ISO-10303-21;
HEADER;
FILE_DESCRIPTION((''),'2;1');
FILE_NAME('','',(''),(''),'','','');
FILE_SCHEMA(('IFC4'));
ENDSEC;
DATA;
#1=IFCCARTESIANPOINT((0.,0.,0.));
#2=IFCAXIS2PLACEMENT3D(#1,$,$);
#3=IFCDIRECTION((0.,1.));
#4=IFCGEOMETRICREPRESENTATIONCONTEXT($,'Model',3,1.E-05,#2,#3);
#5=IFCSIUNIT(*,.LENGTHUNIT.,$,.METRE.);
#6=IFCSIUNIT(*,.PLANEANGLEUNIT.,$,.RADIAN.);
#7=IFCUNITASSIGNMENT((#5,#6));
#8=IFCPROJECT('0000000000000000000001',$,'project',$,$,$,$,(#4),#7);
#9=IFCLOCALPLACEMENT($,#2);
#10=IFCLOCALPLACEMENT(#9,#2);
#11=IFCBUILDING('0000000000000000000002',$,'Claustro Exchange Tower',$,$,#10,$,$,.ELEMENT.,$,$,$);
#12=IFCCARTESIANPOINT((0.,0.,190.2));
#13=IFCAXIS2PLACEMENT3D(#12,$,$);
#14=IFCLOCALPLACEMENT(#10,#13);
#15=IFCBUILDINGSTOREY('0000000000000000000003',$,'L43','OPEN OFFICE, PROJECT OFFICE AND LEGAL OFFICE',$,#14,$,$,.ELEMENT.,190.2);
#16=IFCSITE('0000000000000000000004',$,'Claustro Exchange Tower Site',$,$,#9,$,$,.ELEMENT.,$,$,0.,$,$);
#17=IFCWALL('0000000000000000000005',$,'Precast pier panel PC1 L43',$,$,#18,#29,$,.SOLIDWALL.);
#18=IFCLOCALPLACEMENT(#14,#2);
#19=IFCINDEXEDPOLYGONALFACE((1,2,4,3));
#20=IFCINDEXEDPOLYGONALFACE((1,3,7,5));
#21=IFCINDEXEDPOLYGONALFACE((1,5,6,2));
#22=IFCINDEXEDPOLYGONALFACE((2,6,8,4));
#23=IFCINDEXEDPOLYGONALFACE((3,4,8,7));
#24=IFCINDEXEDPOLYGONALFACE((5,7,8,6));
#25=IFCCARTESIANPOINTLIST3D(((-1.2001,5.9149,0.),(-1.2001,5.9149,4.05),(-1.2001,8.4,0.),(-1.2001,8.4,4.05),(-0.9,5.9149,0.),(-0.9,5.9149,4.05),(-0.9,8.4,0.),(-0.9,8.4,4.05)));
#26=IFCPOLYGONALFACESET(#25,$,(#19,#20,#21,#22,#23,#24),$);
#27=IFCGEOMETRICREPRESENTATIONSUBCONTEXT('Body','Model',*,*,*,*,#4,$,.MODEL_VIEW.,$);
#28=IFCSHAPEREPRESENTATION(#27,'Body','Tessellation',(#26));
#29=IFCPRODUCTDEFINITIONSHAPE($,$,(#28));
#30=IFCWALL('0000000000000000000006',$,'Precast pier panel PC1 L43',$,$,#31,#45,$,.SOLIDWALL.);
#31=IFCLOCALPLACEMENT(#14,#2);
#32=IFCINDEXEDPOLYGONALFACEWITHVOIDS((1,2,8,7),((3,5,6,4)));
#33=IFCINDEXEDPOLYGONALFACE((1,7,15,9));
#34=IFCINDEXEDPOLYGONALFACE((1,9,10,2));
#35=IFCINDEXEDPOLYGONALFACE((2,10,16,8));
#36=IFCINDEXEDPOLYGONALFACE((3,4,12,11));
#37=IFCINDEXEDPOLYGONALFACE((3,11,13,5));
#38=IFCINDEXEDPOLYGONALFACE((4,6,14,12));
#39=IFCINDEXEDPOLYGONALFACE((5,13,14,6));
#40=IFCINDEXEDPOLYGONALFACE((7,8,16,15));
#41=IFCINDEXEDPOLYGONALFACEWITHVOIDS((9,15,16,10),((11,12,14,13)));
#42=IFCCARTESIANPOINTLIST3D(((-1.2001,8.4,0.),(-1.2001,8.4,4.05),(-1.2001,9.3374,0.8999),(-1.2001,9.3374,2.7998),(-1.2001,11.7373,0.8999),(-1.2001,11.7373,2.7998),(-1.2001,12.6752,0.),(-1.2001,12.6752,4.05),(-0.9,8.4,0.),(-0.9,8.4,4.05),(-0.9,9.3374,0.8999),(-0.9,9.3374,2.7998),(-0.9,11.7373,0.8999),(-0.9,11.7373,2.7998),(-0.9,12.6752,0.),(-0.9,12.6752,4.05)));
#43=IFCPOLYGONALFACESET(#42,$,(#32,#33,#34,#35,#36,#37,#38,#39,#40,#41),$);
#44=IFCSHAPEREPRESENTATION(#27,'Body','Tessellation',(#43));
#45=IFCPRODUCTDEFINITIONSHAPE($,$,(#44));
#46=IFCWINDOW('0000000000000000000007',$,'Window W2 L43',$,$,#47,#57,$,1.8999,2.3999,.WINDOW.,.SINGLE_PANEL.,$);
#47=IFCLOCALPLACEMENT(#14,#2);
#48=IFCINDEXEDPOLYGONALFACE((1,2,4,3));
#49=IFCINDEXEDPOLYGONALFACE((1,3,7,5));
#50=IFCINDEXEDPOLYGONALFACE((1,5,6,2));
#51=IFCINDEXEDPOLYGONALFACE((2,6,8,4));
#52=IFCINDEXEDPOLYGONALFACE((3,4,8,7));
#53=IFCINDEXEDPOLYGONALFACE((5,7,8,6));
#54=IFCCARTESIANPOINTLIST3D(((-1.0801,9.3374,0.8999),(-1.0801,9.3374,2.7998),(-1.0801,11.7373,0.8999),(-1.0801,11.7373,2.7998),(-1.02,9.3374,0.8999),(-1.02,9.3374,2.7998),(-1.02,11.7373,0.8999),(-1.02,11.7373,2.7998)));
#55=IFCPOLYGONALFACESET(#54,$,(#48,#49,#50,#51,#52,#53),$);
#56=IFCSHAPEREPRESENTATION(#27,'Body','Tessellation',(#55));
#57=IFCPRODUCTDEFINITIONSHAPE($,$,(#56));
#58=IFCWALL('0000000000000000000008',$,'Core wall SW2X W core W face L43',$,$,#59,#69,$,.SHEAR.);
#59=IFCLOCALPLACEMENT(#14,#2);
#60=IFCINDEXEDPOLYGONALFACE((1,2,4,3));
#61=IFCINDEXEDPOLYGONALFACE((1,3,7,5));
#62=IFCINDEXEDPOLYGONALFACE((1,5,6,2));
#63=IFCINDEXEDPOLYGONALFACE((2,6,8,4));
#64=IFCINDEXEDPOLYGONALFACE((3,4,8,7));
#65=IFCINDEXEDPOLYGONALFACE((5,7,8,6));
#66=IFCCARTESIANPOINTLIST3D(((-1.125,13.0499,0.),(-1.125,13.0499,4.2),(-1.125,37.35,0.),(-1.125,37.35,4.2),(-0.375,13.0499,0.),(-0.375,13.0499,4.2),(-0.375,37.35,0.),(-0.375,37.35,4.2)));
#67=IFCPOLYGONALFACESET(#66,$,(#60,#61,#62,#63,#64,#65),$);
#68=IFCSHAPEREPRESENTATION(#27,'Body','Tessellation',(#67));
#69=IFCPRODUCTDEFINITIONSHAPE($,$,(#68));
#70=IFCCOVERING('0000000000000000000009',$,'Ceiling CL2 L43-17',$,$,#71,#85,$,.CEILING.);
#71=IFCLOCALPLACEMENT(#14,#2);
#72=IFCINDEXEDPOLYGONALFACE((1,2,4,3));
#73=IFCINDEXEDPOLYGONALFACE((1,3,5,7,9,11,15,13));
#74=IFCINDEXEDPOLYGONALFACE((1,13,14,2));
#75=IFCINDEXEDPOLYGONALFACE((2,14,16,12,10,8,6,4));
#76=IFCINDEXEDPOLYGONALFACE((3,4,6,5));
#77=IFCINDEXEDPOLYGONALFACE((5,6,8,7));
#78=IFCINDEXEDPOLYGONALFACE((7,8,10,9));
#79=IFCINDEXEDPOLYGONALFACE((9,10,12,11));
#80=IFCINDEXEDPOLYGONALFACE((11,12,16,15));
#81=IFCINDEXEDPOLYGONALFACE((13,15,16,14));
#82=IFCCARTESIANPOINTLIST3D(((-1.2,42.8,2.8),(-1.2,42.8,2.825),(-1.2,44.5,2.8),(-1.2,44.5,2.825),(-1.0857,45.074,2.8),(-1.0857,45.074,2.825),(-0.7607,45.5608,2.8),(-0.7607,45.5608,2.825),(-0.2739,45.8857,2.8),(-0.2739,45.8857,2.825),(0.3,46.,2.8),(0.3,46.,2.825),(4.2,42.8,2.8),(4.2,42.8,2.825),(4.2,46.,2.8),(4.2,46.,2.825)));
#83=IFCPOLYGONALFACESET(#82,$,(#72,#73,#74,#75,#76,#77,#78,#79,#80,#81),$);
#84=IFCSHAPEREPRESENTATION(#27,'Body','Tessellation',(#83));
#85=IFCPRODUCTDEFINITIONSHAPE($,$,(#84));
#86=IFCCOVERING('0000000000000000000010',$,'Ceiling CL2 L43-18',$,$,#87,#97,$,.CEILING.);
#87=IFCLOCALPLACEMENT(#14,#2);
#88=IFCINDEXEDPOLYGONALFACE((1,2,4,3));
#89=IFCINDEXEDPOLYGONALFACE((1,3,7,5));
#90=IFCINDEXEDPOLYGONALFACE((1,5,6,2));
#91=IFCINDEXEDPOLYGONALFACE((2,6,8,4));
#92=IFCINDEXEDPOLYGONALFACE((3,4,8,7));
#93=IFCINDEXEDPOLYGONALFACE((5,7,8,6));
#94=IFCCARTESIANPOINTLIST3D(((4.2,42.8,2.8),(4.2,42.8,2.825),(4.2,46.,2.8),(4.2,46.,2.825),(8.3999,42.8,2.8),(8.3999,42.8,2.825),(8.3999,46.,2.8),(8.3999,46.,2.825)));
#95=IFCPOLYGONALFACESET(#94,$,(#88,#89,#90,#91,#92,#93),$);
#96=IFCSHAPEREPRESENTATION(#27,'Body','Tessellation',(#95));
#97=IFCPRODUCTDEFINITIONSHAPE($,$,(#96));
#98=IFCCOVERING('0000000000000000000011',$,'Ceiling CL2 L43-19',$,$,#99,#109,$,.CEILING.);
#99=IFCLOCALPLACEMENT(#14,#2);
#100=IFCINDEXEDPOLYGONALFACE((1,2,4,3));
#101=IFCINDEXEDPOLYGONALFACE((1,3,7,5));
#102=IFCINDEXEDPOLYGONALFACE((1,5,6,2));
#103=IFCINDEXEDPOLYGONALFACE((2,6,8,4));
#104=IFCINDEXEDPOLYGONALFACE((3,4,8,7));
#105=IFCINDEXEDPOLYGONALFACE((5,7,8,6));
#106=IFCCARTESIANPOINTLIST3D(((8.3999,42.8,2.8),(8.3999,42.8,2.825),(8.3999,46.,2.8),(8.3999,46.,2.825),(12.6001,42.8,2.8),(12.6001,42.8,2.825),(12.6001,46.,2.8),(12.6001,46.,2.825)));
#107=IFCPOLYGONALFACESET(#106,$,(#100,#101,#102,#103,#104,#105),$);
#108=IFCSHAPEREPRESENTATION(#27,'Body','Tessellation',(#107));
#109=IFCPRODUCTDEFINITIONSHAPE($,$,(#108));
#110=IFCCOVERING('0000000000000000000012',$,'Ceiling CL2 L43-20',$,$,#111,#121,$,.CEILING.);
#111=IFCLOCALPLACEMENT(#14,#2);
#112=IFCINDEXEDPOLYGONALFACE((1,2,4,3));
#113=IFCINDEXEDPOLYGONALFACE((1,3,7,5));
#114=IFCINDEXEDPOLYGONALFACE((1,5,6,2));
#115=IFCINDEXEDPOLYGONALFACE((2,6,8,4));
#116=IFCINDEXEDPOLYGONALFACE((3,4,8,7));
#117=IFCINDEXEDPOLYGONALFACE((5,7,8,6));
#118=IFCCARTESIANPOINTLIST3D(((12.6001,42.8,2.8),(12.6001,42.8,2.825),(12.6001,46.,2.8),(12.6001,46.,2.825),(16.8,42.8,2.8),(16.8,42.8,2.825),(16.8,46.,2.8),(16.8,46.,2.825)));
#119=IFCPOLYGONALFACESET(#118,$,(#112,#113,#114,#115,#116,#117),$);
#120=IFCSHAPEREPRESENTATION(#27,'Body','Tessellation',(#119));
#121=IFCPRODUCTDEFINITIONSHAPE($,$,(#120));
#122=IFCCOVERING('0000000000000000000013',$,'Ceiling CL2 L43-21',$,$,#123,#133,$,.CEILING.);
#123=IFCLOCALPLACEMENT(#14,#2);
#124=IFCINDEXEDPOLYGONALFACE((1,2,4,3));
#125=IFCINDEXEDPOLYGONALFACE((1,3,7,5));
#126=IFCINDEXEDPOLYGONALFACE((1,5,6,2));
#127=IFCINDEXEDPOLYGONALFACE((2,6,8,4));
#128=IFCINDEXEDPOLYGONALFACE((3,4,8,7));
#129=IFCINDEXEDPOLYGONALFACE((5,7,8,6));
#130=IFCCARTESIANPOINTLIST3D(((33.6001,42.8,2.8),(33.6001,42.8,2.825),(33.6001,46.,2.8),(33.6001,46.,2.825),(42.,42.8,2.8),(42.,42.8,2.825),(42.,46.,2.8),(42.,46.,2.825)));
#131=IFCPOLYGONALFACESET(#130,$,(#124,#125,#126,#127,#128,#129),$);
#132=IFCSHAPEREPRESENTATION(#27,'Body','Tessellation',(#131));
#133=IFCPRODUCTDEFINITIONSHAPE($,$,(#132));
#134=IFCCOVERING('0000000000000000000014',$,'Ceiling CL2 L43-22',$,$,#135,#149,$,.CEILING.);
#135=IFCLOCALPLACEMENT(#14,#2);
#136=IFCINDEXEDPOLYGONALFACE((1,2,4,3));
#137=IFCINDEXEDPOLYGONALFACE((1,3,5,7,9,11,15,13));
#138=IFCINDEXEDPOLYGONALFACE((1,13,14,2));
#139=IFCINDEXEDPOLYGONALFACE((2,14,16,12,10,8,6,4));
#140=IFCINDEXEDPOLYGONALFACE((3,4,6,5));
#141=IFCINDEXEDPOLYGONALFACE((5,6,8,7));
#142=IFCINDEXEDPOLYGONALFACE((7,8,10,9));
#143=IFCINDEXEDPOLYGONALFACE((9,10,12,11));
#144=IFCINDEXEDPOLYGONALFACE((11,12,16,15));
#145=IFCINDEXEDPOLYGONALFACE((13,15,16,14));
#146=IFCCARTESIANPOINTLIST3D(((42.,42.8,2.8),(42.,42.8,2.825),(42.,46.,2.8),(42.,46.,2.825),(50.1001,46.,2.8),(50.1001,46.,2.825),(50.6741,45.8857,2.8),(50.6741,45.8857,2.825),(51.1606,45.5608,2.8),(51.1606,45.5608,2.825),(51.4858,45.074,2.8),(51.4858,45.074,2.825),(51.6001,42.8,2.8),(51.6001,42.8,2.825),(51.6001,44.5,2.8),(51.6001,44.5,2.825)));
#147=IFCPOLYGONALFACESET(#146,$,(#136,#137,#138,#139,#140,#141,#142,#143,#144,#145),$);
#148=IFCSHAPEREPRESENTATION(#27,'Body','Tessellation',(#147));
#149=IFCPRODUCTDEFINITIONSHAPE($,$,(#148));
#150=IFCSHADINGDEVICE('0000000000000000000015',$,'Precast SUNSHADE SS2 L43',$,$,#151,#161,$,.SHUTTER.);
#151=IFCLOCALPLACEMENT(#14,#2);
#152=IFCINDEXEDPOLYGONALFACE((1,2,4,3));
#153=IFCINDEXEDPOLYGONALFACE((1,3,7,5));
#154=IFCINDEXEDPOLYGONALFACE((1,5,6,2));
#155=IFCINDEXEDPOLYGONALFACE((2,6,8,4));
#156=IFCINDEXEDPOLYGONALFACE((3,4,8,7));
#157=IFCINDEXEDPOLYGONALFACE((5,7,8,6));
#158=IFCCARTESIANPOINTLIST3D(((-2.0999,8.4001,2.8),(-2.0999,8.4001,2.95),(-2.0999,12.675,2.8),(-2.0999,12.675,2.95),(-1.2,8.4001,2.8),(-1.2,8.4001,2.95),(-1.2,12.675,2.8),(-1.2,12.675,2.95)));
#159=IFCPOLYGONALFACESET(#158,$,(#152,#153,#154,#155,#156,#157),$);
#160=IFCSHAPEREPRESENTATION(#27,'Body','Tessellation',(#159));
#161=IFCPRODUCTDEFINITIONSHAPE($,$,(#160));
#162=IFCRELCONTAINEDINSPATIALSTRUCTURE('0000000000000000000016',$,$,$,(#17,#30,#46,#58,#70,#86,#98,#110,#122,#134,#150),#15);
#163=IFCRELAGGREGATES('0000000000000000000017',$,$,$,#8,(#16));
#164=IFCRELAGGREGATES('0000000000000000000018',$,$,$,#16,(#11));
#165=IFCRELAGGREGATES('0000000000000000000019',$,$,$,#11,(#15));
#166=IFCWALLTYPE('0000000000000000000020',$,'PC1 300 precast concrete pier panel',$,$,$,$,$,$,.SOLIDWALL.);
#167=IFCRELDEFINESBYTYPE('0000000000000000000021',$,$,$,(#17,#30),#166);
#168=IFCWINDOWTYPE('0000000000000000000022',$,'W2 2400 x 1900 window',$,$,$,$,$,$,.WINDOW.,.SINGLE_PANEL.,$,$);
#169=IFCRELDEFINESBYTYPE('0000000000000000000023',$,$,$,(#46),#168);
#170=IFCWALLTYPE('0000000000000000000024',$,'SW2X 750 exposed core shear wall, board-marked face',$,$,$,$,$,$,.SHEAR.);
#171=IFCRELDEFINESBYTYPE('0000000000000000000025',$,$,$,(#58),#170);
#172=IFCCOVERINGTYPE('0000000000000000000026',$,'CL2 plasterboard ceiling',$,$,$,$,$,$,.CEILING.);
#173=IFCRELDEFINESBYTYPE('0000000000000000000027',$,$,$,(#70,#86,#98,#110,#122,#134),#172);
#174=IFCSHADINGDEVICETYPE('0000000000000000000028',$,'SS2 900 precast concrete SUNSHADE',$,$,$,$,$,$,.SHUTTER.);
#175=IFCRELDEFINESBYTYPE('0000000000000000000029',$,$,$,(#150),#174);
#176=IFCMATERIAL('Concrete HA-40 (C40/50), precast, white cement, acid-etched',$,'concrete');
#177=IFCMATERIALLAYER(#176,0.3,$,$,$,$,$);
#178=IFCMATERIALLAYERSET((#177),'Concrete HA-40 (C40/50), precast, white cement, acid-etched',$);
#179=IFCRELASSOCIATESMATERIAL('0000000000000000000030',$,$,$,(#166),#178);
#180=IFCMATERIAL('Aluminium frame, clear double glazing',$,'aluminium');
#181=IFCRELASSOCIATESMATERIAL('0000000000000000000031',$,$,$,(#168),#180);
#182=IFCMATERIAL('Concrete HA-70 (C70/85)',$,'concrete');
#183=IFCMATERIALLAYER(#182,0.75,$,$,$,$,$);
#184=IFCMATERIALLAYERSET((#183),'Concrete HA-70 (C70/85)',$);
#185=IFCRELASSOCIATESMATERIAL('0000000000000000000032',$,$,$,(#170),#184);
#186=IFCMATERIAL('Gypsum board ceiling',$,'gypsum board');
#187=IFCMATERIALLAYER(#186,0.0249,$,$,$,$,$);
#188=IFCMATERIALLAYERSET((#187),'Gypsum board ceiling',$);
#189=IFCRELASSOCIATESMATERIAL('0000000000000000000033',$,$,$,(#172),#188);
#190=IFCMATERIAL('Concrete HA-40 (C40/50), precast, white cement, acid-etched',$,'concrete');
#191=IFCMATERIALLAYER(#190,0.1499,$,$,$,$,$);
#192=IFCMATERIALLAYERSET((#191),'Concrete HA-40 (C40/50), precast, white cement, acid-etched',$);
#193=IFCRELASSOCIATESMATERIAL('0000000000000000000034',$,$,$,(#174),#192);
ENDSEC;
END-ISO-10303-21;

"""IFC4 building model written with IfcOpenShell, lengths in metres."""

from ifc_helpers import new_model, si_unit, direction, frame, frame_2d, origin, origin_2d, place, context, subcontext, project, spatial, polyline, rectangle, outline, extrude, material, layer, layer_set, type_object, element, fill, save


model = new_model("IFC4")

# Units and contexts
model_context = context("Model", 3, precision=1e-05, world=origin(), true_north=direction((0.0, 1.0)))
body_context = subcontext(model_context, "Body", "Model", "MODEL_VIEW")
ifc_project = project(units=[si_unit("LENGTHUNIT", "METRE"), si_unit("PLANEANGLEUNIT", "RADIAN")], contexts=[model_context])

# Site, building, storey
site_placement = place(None, origin())
site = spatial("IfcSite", under=ifc_project, at=site_placement, Name="Claustro Exchange Tower Site", CompositionType="ELEMENT", RefElevation=0.0)
building_placement = place(site_placement, origin())
building = spatial("IfcBuilding", under=site, at=building_placement, Name="Claustro Exchange Tower", CompositionType="ELEMENT")
storey_placement = place(building_placement, frame((0.0, 0.0, 190.2)))
storey = spatial("IfcBuildingStorey", under=building, at=storey_placement, Name="L43", Description="OPEN OFFICE, PROJECT OFFICE AND LEGAL OFFICE", CompositionType="ELEMENT", Elevation=190.2)

# Wall
ifc_material_1 = material(Name="Concrete HA-40 (C40/50), precast, white cement, acid-etched", Category="concrete")
ifc_layer_1 = layer(ifc_material_1, 0.3)
ifc_layer_set_1 = layer_set([ifc_layer_1], Name="Concrete HA-40 (C40/50), precast, white cement, acid-etched")
wall_type_1 = type_object("IfcWallType", Name="PC1 300 precast concrete pier panel", PredefinedType="SOLIDWALL", material=ifc_layer_set_1)
wall_1_placement = place(storey_placement, frame((-1.05, 5.9148, 0.0), z_axis=(0.0, 0.0, 1.0), x_axis=(0.0, 1.0, 0.0)))
element("IfcWall", 1, at=wall_1_placement, inside=storey, type_object=wall_type_1, Name="Precast pier panel PC1 L43", PredefinedType="SOLIDWALL", context=body_context, shape_type="SweptSolid", body=[
    extrude(rectangle(XDim=2.4851, YDim=0.3, at=frame_2d((1.2427, 0.0))), origin(), (0.0, 0.0, 1.0), 4.05),
])

# Wall, opening, window
wall_2_placement = place(storey_placement, frame((-1.05, 8.3999, 0.0), z_axis=(0.0, 0.0, 1.0), x_axis=(0.0, 1.0, 0.0)))
wall_2 = element("IfcWall", 2, at=wall_2_placement, inside=storey, type_object=wall_type_1, Name="Precast pier panel PC1 L43", PredefinedType="SOLIDWALL", context=body_context, shape_type="SweptSolid", body=[
    extrude(rectangle(XDim=4.2751, YDim=0.3, at=frame_2d((2.1377, 0.0))), origin(), (0.0, 0.0, 1.0), 4.05),
])
opening_1_placement = place(wall_2_placement, frame((0.9375, 0.0, 0.8999)))
opening_1 = element("IfcOpeningElement", 3, at=opening_1_placement, cuts=wall_2, PredefinedType="OPENING", context=body_context, shape_type="SweptSolid", body=[
    extrude(rectangle(XDim=2.3999, YDim=1.8999, at=frame_2d((1.2, 0.95))), frame((0.0, 0.1599, 0.0), z_axis=(0.0, -1.0, 0.0), x_axis=(1.0, 0.0, 0.0)), (0.0, 0.0, 1.0), 0.3201),
])
ifc_material_2 = material(Name="Aluminium frame, clear double glazing", Category="aluminium")
window_type = type_object("IfcWindowType", Name="W2 2400 x 1900 window", PartitioningType="SINGLE_PANEL", PredefinedType="WINDOW", material=ifc_material_2)
window_placement = place(opening_1_placement, origin())
window = element("IfcWindow", 4, at=window_placement, inside=storey, type_object=window_type, Name="Window W2 L43", OverallHeight=1.8999, OverallWidth=2.3999, PartitioningType="SINGLE_PANEL", PredefinedType="WINDOW", context=body_context, shape_type="SweptSolid", body=[
    extrude(rectangle(XDim=2.3999, YDim=1.8999, at=frame_2d((1.2, 0.95))), frame((0.0, 0.03, 0.0), z_axis=(0.0, -1.0, 0.0), x_axis=(1.0, 0.0, 0.0)), (0.0, 0.0, 1.0), 0.0601),
])
fill(opening_1, window)

# Wall
ifc_material_3 = material(Name="Concrete HA-70 (C70/85)", Category="concrete")
ifc_layer_2 = layer(ifc_material_3, 0.75)
ifc_layer_set_2 = layer_set([ifc_layer_2], Name="Concrete HA-70 (C70/85)")
wall_type_2 = type_object("IfcWallType", Name="SW2X 750 exposed core shear wall, board-marked face", PredefinedType="SHEAR", material=ifc_layer_set_2)
wall_3_placement = place(storey_placement, frame((-0.75, 13.05, 0.0), z_axis=(0.0, 0.0, 1.0), x_axis=(0.0, 1.0, 0.0)))
element("IfcWall", 5, at=wall_3_placement, inside=storey, type_object=wall_type_2, Name="Core wall SW2X W core W face L43", PredefinedType="SHEAR", context=body_context, shape_type="SweptSolid", body=[
    extrude(rectangle(XDim=24.3, YDim=0.75, at=frame_2d((12.1499, 0.0))), origin(), (0.0, 0.0, 1.0), 4.2),
])

# Coverings
ifc_material_4 = material(Name="Gypsum board ceiling", Category="gypsum board")
ifc_layer_3 = layer(ifc_material_4, 0.0249)
ifc_layer_set_3 = layer_set([ifc_layer_3], Name="Gypsum board ceiling")
covering_type = type_object("IfcCoveringType", Name="CL2 plasterboard ceiling", PredefinedType="CEILING", material=ifc_layer_set_3)
covering_1_placement = place(storey_placement, frame((0.0, 0.0, 2.8)))
element("IfcCovering", 6, at=covering_1_placement, inside=storey, type_object=covering_type, Name="Ceiling CL2 L43-17", PredefinedType="CEILING", context=body_context, shape_type="SweptSolid", body=[
    extrude(outline(polyline([(-1.2, 44.5), (-1.2, 42.8), (4.2, 42.8), (4.2, 46.0), (0.3, 46.0), (-0.2739, 45.8857), (-0.7607, 45.5608), (-1.0857, 45.074), (-1.2, 44.5)])), origin(), (0.0, 0.0, 1.0), 0.0249),
])
covering_2_placement = place(storey_placement, frame((0.0, 0.0, 2.8)))
element("IfcCovering", 7, at=covering_2_placement, inside=storey, type_object=covering_type, Name="Ceiling CL2 L43-18", PredefinedType="CEILING", context=body_context, shape_type="SweptSolid", body=[
    extrude(outline(polyline([(8.3999, 46.0), (4.2, 46.0), (4.2, 42.8), (8.3999, 42.8), (8.3999, 46.0)])), origin(), (0.0, 0.0, 1.0), 0.0249),
])
covering_3_placement = place(storey_placement, frame((0.0, 0.0, 2.8)))
element("IfcCovering", 8, at=covering_3_placement, inside=storey, type_object=covering_type, Name="Ceiling CL2 L43-19", PredefinedType="CEILING", context=body_context, shape_type="SweptSolid", body=[
    extrude(outline(polyline([(12.6001, 46.0), (8.3999, 46.0), (8.3999, 42.8), (12.6001, 42.8), (12.6001, 46.0)])), origin(), (0.0, 0.0, 1.0), 0.0249),
])
covering_4_placement = place(storey_placement, frame((0.0, 0.0, 2.8)))
element("IfcCovering", 9, at=covering_4_placement, inside=storey, type_object=covering_type, Name="Ceiling CL2 L43-20", PredefinedType="CEILING", context=body_context, shape_type="SweptSolid", body=[
    extrude(outline(polyline([(16.8, 46.0), (12.6001, 46.0), (12.6001, 42.8), (16.8, 42.8), (16.8, 46.0)])), origin(), (0.0, 0.0, 1.0), 0.0249),
])
covering_5_placement = place(storey_placement, frame((0.0, 0.0, 2.8)))
element("IfcCovering", 10, at=covering_5_placement, inside=storey, type_object=covering_type, Name="Ceiling CL2 L43-21", PredefinedType="CEILING", context=body_context, shape_type="SweptSolid", body=[
    extrude(outline(polyline([(42.0, 46.0), (33.6001, 46.0), (33.6001, 42.8), (42.0, 42.8), (42.0, 46.0)])), origin(), (0.0, 0.0, 1.0), 0.0249),
])
covering_6_placement = place(storey_placement, frame((0.0, 0.0, 2.8)))
element("IfcCovering", 11, at=covering_6_placement, inside=storey, type_object=covering_type, Name="Ceiling CL2 L43-22", PredefinedType="CEILING", context=body_context, shape_type="SweptSolid", body=[
    extrude(outline(polyline([(50.1001, 46.0), (42.0, 46.0), (42.0, 42.8), (51.6001, 42.8), (51.6001, 44.5), (51.4858, 45.074), (51.1606, 45.5608), (50.6741, 45.8857), (50.1001, 46.0)])), origin(), (0.0, 0.0, 1.0), 0.0249),
])

# Shading device
ifc_material_5 = material(Name="Concrete HA-40 (C40/50), precast, white cement, acid-etched", Category="concrete")
ifc_layer_4 = layer(ifc_material_5, 0.1499)
ifc_layer_set_4 = layer_set([ifc_layer_4], Name="Concrete HA-40 (C40/50), precast, white cement, acid-etched")
shading_device_type = type_object("IfcShadingDeviceType", Name="SS2 900 precast concrete SUNSHADE", PredefinedType="SHUTTER", material=ifc_layer_set_4)
shading_device_placement = place(storey_placement, frame((-1.6499, 10.5376, 2.8), z_axis=(0.0, 0.0, 1.0), x_axis=(0.0, 1.0, 0.0)))
element("IfcShadingDevice", 12, at=shading_device_placement, inside=storey, type_object=shading_device_type, Name="Precast SUNSHADE SS2 L43", PredefinedType="SHUTTER", context=body_context, shape_type="SweptSolid", body=[
    extrude(rectangle(XDim=4.2749, YDim=0.8999, at=origin_2d()), origin(), (0.0, 0.0, 1.0), 0.1499),
])

save(model, "model.ifc")
